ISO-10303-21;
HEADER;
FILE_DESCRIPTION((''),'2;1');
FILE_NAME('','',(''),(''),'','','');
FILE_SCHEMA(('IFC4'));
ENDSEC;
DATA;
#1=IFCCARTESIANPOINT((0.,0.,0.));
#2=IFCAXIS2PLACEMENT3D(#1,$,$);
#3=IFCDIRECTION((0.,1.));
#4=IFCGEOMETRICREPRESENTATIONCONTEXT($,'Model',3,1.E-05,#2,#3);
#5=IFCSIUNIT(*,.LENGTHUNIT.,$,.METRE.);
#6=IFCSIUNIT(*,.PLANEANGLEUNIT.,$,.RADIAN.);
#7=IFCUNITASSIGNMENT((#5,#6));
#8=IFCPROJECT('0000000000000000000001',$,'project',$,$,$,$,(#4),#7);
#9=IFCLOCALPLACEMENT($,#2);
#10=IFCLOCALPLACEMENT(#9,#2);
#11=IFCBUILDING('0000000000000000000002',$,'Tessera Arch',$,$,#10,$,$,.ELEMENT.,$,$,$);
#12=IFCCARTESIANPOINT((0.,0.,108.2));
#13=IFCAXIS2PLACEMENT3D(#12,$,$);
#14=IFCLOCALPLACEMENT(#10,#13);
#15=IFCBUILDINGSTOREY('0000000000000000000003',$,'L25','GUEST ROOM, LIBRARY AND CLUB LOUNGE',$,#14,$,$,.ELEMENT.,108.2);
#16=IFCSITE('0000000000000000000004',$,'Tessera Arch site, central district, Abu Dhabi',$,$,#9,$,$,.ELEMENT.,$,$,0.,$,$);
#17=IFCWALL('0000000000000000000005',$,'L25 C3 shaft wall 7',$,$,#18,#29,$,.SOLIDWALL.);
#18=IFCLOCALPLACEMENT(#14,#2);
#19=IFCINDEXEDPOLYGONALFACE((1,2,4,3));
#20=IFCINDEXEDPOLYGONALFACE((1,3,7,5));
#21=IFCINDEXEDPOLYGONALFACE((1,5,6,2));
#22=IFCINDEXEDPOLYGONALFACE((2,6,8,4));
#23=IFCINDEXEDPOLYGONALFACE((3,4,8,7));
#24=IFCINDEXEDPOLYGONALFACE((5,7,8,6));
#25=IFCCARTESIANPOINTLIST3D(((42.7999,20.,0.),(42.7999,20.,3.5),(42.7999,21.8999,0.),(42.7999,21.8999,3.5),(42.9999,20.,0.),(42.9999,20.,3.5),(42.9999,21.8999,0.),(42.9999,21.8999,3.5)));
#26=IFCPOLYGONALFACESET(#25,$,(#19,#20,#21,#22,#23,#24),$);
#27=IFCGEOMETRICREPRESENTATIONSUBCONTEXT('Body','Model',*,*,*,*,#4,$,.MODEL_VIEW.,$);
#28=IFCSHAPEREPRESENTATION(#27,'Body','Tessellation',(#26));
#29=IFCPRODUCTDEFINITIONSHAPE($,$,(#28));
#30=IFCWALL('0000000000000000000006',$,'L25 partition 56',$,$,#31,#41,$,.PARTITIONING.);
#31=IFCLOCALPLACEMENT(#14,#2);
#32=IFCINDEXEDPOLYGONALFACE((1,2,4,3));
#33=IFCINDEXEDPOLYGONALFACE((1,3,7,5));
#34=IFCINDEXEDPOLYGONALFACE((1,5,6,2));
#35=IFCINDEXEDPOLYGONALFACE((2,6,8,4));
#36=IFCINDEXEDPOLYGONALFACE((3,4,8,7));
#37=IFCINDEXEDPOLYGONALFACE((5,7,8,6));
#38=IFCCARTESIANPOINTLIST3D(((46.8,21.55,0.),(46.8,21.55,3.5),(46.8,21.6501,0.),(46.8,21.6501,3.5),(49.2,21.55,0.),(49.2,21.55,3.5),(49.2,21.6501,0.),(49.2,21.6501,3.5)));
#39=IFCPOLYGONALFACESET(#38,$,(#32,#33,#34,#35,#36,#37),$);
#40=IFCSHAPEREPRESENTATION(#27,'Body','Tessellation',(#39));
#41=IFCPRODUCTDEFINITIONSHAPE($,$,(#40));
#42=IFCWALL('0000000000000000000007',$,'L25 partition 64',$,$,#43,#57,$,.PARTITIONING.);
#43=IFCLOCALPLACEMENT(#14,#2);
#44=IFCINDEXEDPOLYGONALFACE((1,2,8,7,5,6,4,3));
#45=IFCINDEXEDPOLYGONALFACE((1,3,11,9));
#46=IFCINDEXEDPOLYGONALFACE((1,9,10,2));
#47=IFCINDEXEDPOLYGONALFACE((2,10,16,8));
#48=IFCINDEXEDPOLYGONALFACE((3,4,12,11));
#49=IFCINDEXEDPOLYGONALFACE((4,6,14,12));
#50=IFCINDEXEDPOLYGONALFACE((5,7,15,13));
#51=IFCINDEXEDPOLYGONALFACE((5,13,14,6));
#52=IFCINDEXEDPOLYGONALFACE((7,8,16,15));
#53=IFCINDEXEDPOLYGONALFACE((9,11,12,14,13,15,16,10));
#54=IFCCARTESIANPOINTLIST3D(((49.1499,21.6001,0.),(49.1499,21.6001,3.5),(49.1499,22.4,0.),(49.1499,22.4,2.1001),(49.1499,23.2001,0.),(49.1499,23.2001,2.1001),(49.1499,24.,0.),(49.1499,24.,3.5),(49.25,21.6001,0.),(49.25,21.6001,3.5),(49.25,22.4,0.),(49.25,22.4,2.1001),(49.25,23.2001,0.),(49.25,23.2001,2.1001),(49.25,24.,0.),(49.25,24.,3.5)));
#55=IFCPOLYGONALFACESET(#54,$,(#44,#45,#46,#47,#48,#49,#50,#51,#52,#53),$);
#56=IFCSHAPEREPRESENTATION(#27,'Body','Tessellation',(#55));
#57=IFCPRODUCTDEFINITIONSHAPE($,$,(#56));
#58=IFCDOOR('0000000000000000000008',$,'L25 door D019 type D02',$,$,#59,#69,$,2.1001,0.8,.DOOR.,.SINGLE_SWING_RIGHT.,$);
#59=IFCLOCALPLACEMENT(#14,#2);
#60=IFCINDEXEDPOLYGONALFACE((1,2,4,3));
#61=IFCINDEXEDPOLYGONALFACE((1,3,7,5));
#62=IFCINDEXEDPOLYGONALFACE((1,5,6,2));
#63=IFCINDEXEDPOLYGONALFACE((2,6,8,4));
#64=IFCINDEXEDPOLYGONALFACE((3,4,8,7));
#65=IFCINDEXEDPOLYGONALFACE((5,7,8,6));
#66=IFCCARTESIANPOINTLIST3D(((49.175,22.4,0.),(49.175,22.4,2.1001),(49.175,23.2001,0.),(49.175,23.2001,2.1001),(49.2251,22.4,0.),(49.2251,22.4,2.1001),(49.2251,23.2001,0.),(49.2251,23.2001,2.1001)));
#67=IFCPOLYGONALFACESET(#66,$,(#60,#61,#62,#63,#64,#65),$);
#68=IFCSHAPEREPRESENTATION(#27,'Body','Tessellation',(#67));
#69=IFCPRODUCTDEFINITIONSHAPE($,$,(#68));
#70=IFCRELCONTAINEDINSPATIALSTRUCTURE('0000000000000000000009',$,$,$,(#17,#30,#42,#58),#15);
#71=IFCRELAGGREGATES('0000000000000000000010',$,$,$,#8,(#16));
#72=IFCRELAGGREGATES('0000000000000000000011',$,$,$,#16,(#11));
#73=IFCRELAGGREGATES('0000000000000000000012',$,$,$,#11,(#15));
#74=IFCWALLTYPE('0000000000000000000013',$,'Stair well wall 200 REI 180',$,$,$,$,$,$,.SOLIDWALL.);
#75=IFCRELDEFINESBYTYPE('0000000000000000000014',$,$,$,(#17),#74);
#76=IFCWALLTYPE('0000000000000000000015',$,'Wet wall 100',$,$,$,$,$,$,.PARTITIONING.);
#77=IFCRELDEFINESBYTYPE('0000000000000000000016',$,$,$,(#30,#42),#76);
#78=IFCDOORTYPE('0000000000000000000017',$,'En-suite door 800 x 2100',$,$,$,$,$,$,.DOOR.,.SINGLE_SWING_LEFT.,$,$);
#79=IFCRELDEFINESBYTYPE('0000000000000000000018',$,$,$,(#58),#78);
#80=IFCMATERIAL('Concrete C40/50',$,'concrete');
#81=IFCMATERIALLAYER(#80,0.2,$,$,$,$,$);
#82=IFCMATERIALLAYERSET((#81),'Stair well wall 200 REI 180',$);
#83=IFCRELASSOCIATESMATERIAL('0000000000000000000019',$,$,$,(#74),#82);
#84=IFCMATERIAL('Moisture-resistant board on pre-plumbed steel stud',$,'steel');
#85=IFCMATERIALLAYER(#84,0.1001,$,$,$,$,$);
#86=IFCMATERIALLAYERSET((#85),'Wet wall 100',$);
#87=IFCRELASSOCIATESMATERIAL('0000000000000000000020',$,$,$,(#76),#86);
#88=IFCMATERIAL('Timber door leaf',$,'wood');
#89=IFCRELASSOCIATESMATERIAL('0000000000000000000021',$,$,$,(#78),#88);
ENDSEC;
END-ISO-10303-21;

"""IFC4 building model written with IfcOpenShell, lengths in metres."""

from ifc_helpers import new_model, si_unit, direction, frame, frame_2d, origin, place, context, subcontext, project, spatial, rectangle, extrude, material, layer, layer_set, type_object, element, fill, save


model = new_model("IFC4")

# Units and contexts
model_context = context("Model", 3, precision=1e-05, world=origin(), true_north=direction((0.0, 1.0)))
body_context = subcontext(model_context, "Body", "Model", "MODEL_VIEW")
ifc_project = project(units=[si_unit("LENGTHUNIT", "METRE"), si_unit("PLANEANGLEUNIT", "RADIAN")], contexts=[model_context])

# Site, building, storey
site_placement = place(None, origin())
site = spatial("IfcSite", under=ifc_project, at=site_placement, Name="Tessera Arch site, central district, Abu Dhabi", CompositionType="ELEMENT", RefElevation=0.0)
building_placement = place(site_placement, origin())
building = spatial("IfcBuilding", under=site, at=building_placement, Name="Tessera Arch", CompositionType="ELEMENT")
storey_placement = place(building_placement, frame((0.0, 0.0, 108.2)))
storey = spatial("IfcBuildingStorey", under=building, at=storey_placement, Name="L25", Description="GUEST ROOM, LIBRARY AND CLUB LOUNGE", CompositionType="ELEMENT", Elevation=108.2)

# Walls
ifc_material_1 = material(Name="Concrete C40/50", Category="concrete")
ifc_layer_1 = layer(ifc_material_1, 0.2)
ifc_layer_set_1 = layer_set([ifc_layer_1], Name="Stair well wall 200 REI 180")
wall_type_1 = type_object("IfcWallType", Name="Stair well wall 200 REI 180", PredefinedType="SOLIDWALL", material=ifc_layer_set_1)
wall_1_placement = place(storey_placement, frame((42.8999, 20.0, 0.0), z_axis=(0.0, 0.0, 1.0), x_axis=(0.0, 1.0, 0.0)))
element("IfcWall", 1, at=wall_1_placement, inside=storey, type_object=wall_type_1, Name="L25 C3 shaft wall 7", PredefinedType="SOLIDWALL", context=body_context, shape_type="SweptSolid", body=[
    extrude(rectangle(XDim=1.8999, YDim=0.2, at=frame_2d((0.95, 0.0))), origin(), (0.0, 0.0, 1.0), 3.5),
])
ifc_material_2 = material(Name="Moisture-resistant board on pre-plumbed steel stud", Category="steel")
ifc_layer_2 = layer(ifc_material_2, 0.1001)
ifc_layer_set_2 = layer_set([ifc_layer_2], Name="Wet wall 100")
wall_type_2 = type_object("IfcWallType", Name="Wet wall 100", PredefinedType="PARTITIONING", material=ifc_layer_set_2)
wall_2_placement = place(storey_placement, frame((46.8, 21.6001, 0.0), z_axis=(0.0, 0.0, 1.0), x_axis=(1.0, 0.0, 0.0)))
element("IfcWall", 2, at=wall_2_placement, inside=storey, type_object=wall_type_2, Name="L25 partition 56", PredefinedType="PARTITIONING", context=body_context, shape_type="SweptSolid", body=[
    extrude(rectangle(XDim=2.3999, YDim=0.1001, at=frame_2d((1.2, 0.0))), origin(), (0.0, 0.0, 1.0), 3.5),
])

# Wall, opening, door
wall_3_placement = place(storey_placement, frame((49.2, 21.6001, 0.0), z_axis=(0.0, 0.0, 1.0), x_axis=(0.0, 1.0, 0.0)))
wall_3 = element("IfcWall", 3, at=wall_3_placement, inside=storey, type_object=wall_type_2, Name="L25 partition 64", PredefinedType="PARTITIONING", context=body_context, shape_type="SweptSolid", body=[
    extrude(rectangle(XDim=2.3999, YDim=0.1001, at=frame_2d((1.2, 0.0))), origin(), (0.0, 0.0, 1.0), 3.5),
])
opening_1_placement = place(wall_3_placement, frame((0.8, 0.0, 0.0)))
opening_1 = element("IfcOpeningElement", 4, at=opening_1_placement, cuts=wall_3, PredefinedType="OPENING", context=body_context, shape_type="SweptSolid", body=[
    extrude(rectangle(XDim=0.8, YDim=2.1001, at=frame_2d((0.3999, 1.05))), frame((0.0, 0.0601, 0.0), z_axis=(0.0, -1.0, 0.0), x_axis=(1.0, 0.0, 0.0)), (0.0, 0.0, 1.0), 0.1201),
])
ifc_material_3 = material(Name="Timber door leaf", Category="wood")
door_type_1 = type_object("IfcDoorType", Name="En-suite door 800 x 2100", OperationType="SINGLE_SWING_LEFT", PredefinedType="DOOR", material=ifc_material_3)
door_1_placement = place(opening_1_placement, origin())
door_1 = element("IfcDoor", 5, at=door_1_placement, inside=storey, type_object=door_type_1, Name="L25 door D019 type D02", OperationType="SINGLE_SWING_RIGHT", OverallHeight=2.1001, OverallWidth=0.8, PredefinedType="DOOR", context=body_context, shape_type="SweptSolid", body=[
    extrude(rectangle(XDim=0.8, YDim=2.1001, at=frame_2d((0.3999, 1.05))), frame((0.0, 0.0249, 0.0), z_axis=(0.0, -1.0, 0.0), x_axis=(1.0, 0.0, 0.0)), (0.0, 0.0, 1.0), 0.05),
])
fill(opening_1, door_1)

save(model, "model.ifc")
